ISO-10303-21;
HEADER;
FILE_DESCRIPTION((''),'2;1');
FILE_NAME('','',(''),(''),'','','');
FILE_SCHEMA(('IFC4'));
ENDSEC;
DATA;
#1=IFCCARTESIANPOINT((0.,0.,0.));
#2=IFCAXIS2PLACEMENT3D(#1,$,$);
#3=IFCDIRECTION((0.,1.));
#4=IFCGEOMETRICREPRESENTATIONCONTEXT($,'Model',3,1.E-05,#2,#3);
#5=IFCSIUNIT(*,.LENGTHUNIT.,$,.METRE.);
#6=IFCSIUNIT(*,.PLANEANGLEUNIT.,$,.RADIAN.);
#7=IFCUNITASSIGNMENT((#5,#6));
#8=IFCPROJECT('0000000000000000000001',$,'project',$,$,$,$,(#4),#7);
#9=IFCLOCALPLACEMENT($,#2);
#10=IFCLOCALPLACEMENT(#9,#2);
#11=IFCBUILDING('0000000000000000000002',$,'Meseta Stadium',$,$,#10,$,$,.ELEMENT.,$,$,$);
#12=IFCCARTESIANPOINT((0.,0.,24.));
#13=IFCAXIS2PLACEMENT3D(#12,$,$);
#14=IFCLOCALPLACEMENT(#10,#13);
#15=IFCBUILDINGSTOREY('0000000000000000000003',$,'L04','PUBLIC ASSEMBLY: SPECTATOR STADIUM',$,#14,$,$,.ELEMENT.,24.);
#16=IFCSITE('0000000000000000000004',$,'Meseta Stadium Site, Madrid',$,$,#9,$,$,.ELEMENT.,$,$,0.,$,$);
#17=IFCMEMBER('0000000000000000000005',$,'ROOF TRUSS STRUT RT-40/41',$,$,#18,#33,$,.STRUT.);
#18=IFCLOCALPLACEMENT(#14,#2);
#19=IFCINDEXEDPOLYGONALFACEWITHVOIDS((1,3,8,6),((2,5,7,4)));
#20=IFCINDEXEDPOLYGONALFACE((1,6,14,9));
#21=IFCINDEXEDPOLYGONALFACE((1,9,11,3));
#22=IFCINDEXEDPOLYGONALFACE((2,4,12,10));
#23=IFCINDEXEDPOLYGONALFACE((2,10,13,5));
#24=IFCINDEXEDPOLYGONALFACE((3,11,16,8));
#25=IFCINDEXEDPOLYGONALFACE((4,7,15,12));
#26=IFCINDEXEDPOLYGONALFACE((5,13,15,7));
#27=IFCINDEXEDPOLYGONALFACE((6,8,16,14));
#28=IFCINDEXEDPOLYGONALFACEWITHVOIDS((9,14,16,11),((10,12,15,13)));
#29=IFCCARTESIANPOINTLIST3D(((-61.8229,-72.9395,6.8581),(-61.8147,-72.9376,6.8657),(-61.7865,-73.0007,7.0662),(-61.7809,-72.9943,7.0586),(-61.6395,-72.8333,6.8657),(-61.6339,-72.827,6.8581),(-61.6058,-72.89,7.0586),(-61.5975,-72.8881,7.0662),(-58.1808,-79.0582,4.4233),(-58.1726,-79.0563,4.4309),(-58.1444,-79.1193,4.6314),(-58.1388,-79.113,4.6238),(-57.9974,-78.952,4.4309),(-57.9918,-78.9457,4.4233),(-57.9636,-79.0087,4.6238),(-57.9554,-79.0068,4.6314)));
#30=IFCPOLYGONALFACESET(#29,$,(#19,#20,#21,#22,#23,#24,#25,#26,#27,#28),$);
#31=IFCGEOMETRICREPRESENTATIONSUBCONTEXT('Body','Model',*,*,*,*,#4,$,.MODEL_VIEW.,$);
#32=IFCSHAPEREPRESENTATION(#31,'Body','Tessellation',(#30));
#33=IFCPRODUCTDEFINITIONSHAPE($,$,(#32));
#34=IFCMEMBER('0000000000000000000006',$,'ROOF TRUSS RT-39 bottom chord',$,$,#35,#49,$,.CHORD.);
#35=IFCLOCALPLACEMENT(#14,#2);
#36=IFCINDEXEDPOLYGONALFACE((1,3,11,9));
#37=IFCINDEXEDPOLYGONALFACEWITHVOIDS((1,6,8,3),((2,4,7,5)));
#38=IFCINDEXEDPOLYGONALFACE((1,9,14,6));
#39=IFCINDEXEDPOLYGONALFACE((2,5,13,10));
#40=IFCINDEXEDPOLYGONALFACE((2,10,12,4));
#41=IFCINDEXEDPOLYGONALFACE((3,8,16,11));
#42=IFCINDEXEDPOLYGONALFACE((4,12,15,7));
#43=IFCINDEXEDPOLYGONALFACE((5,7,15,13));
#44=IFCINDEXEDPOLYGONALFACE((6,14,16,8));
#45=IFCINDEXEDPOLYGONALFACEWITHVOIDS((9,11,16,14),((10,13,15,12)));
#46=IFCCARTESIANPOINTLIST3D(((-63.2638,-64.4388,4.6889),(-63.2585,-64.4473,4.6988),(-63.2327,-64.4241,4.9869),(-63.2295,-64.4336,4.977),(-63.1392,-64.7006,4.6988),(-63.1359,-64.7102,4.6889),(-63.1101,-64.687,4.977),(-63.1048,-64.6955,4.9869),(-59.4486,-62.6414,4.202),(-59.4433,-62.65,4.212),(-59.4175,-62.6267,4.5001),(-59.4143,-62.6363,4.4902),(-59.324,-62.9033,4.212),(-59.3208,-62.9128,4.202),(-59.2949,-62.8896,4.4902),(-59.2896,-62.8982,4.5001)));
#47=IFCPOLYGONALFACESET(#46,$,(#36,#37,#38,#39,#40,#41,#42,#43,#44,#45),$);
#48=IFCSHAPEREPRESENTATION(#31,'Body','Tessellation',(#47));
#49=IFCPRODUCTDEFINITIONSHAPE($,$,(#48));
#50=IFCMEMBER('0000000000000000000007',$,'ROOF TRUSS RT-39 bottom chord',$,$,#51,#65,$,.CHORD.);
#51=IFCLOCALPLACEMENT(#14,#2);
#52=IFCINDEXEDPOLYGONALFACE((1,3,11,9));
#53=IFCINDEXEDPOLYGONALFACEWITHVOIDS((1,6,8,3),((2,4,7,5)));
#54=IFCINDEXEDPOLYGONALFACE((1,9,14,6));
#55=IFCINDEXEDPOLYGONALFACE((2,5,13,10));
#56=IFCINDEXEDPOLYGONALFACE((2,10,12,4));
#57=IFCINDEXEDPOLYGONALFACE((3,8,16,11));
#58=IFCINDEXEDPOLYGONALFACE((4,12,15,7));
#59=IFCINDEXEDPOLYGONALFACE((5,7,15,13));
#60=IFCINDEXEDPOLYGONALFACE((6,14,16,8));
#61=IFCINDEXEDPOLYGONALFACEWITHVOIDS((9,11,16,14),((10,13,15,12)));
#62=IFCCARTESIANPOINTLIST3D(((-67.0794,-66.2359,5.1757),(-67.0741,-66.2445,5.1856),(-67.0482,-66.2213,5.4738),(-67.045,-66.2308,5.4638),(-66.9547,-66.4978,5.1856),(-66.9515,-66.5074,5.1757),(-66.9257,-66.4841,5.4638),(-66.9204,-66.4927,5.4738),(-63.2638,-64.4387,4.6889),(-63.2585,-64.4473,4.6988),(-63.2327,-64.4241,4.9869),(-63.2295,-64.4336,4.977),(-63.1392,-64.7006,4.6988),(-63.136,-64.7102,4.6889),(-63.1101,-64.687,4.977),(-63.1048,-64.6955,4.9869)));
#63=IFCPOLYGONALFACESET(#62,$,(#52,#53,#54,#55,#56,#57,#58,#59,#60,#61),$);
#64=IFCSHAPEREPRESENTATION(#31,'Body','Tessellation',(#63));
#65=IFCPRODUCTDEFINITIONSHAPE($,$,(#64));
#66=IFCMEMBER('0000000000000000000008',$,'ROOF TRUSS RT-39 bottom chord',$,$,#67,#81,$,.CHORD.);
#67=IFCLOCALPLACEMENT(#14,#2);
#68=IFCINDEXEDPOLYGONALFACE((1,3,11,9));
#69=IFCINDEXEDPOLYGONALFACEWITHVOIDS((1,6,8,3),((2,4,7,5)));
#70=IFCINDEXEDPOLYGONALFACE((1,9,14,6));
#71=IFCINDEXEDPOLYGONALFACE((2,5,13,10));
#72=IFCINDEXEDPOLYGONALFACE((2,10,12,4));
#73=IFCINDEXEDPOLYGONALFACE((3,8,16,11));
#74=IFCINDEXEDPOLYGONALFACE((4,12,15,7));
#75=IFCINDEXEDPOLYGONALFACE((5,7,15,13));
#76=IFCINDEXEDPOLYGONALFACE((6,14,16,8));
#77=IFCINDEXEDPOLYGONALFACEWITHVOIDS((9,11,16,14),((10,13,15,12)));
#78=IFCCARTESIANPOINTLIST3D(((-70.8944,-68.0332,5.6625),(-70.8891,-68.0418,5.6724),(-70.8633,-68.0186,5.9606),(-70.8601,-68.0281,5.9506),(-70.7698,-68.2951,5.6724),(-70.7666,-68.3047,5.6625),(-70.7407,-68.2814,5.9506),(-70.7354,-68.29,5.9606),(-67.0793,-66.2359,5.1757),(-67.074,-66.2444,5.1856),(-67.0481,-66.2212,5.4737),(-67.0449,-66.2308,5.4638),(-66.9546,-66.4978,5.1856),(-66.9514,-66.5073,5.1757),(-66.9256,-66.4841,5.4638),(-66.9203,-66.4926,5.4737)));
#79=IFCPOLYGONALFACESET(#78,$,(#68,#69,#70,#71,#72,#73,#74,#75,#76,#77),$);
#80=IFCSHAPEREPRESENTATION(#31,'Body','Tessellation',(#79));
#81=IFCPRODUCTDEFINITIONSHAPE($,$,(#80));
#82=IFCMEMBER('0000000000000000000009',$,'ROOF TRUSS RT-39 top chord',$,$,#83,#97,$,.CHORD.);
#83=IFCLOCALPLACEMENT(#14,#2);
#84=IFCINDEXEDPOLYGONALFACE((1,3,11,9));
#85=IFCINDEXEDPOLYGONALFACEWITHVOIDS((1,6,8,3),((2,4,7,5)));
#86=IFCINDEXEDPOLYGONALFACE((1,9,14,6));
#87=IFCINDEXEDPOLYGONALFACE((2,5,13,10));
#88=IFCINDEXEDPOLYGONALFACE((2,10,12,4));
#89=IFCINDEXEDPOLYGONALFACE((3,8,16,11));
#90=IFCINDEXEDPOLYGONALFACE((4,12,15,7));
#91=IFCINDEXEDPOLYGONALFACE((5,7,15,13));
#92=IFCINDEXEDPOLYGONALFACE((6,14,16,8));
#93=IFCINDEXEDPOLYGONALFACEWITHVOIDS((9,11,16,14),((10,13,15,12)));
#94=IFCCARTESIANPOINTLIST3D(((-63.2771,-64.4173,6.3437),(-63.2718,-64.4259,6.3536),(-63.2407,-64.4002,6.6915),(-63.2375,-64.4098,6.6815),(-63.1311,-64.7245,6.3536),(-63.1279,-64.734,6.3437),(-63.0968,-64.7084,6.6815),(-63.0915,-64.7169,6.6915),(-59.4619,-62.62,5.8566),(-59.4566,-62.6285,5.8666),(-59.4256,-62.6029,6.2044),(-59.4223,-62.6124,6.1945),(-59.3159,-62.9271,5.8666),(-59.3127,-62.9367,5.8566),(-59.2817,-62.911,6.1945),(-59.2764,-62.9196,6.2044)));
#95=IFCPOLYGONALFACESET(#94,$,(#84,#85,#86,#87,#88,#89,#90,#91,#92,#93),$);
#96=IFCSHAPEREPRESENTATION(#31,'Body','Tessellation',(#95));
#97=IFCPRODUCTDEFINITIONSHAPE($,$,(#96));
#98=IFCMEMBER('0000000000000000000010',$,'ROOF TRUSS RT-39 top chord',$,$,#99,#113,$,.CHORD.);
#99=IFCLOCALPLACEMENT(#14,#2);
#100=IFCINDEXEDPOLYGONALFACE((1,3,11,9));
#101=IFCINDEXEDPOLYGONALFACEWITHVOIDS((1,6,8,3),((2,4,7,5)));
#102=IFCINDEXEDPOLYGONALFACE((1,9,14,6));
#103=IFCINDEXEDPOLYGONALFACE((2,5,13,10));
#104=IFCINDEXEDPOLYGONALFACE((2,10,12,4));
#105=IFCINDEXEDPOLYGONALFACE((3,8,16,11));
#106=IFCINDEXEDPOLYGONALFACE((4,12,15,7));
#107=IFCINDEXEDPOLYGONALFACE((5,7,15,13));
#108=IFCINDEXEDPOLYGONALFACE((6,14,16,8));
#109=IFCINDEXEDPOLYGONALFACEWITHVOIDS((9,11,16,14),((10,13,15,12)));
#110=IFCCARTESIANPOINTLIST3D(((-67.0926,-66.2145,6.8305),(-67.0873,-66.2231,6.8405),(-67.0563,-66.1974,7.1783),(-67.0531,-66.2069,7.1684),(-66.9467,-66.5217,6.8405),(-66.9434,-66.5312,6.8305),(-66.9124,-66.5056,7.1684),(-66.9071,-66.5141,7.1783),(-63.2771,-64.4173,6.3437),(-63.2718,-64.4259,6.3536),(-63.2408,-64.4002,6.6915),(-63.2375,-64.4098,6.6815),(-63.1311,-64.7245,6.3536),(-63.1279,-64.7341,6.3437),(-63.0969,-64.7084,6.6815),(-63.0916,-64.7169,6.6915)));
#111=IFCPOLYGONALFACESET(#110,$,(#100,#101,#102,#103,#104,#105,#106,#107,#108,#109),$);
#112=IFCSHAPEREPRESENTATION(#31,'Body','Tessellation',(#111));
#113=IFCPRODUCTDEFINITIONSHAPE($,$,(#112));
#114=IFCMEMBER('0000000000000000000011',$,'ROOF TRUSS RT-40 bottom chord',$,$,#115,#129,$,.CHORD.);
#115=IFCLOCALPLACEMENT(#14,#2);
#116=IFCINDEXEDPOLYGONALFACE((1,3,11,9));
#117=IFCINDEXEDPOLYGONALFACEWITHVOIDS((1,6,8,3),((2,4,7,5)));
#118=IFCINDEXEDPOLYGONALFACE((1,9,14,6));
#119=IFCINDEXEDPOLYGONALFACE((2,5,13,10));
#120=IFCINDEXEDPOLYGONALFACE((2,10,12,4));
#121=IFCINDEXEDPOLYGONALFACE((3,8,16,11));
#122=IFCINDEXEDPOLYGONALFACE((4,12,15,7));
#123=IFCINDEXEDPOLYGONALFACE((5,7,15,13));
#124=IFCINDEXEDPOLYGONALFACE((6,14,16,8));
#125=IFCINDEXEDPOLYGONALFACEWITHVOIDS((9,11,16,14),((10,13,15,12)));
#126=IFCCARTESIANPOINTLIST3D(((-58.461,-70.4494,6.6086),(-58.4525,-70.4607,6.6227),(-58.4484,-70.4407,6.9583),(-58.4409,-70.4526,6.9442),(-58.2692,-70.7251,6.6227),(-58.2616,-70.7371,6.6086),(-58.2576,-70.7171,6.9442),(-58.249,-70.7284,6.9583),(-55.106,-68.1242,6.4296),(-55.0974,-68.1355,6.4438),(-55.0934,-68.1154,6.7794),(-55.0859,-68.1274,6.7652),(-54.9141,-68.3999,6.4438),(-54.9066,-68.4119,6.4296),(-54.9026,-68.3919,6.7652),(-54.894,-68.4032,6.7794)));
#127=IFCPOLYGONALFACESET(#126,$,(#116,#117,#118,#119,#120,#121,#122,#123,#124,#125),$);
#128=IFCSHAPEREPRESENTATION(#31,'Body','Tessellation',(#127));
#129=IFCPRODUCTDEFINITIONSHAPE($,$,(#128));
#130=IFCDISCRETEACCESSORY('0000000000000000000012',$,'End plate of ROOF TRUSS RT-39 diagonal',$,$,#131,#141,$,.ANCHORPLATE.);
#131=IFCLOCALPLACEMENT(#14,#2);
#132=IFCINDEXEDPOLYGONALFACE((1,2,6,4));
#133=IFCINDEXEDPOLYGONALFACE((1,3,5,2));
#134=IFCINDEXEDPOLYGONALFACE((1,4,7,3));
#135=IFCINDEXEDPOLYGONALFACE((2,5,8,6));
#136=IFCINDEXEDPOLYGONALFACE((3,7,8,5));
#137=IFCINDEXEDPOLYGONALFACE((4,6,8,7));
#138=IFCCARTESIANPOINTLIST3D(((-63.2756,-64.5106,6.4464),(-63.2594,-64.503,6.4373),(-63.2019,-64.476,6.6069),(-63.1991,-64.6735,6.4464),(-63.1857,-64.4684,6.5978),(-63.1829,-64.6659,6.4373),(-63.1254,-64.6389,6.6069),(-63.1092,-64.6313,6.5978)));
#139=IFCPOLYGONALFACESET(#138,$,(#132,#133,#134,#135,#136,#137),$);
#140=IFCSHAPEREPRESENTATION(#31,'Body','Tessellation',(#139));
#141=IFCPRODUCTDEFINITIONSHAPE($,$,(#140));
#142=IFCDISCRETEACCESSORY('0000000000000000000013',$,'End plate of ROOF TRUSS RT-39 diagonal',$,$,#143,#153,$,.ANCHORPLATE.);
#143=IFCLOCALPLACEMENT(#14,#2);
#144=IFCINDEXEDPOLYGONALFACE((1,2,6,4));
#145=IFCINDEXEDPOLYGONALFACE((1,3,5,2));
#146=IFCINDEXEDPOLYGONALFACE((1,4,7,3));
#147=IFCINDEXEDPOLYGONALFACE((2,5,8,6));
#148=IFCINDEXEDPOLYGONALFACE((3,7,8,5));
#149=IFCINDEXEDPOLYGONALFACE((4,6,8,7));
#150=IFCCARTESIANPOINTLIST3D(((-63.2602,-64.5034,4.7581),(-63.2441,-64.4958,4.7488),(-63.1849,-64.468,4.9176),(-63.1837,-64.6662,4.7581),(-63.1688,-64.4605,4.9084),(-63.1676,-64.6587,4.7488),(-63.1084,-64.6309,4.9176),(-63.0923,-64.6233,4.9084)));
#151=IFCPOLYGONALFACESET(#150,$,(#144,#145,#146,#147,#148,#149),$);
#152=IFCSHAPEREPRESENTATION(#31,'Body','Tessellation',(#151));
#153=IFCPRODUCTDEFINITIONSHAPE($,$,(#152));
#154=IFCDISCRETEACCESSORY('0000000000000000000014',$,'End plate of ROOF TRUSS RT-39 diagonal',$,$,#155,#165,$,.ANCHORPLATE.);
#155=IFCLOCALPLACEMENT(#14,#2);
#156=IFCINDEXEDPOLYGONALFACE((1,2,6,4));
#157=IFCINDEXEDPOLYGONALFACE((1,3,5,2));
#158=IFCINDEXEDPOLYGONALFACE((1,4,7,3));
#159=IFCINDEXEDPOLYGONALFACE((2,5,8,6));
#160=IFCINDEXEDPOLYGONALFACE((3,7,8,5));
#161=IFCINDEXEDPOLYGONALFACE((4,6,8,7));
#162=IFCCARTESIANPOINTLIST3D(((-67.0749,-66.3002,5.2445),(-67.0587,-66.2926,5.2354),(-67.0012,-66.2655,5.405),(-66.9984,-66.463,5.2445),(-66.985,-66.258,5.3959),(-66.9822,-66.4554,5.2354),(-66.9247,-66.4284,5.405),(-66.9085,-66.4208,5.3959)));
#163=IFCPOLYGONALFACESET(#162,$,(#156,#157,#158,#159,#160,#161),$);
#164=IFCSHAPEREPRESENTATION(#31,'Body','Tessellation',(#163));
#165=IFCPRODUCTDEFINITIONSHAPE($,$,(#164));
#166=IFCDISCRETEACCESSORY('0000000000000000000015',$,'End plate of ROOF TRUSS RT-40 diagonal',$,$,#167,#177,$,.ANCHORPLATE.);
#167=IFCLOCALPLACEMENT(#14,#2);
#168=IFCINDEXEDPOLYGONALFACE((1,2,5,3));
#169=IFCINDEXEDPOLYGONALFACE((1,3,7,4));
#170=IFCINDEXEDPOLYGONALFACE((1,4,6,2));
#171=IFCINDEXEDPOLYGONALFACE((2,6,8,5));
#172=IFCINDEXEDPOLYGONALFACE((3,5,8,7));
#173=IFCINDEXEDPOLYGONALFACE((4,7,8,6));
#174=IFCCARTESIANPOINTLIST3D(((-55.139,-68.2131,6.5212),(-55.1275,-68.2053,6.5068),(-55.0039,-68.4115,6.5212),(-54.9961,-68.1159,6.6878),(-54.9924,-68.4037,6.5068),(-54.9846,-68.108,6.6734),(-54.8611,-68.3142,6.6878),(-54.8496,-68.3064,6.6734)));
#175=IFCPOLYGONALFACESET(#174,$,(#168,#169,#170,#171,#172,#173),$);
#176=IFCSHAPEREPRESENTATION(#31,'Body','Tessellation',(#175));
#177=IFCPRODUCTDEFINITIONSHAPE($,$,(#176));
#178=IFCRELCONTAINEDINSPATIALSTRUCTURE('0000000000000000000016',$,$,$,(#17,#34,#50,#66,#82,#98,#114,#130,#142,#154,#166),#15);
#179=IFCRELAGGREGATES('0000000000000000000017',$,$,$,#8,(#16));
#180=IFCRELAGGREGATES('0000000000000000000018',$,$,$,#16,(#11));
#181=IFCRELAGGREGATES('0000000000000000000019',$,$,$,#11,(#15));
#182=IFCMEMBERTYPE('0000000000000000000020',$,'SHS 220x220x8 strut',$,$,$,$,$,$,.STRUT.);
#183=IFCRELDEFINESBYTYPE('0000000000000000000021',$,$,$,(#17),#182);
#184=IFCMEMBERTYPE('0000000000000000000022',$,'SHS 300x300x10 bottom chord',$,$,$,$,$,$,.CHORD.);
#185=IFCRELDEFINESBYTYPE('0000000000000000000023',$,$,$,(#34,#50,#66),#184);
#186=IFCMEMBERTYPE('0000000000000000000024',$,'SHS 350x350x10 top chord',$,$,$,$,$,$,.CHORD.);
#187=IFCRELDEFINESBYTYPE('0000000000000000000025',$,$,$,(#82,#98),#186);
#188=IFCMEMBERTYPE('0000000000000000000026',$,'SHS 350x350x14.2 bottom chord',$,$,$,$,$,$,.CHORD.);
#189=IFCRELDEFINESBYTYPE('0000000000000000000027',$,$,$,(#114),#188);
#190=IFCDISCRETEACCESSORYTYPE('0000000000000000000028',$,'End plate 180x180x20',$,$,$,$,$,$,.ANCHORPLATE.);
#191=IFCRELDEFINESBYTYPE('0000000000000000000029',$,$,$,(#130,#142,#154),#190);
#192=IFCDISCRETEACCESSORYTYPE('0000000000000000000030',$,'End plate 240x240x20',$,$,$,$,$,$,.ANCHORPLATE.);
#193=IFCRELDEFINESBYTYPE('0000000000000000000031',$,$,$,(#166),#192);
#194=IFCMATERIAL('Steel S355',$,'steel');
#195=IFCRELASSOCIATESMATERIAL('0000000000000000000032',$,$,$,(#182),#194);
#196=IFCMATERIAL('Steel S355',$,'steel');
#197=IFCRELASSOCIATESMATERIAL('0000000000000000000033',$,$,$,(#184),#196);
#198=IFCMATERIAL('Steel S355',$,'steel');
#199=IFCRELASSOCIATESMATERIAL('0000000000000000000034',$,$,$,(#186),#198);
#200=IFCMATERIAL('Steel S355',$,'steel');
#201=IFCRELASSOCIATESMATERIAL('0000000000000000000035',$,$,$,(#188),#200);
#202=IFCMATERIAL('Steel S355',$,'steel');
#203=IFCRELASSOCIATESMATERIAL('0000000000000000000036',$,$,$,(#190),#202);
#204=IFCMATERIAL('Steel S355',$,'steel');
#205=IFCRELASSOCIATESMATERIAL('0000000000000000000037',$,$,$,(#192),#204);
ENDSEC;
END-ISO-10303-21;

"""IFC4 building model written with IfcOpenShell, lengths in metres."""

from ifc_helpers import new_model, si_unit, direction, frame, origin, origin_2d, place, context, subcontext, project, spatial, rectangle, hollow_rectangle, extrude, material, material_profile, profile_set, type_object, element, save


model = new_model("IFC4")

# Units and contexts
model_context = context("Model", 3, precision=1e-05, world=origin(), true_north=direction((0.0, 1.0)))
body_context = subcontext(model_context, "Body", "Model", "MODEL_VIEW")
ifc_project = project(units=[si_unit("LENGTHUNIT", "METRE"), si_unit("PLANEANGLEUNIT", "RADIAN")], contexts=[model_context])

# Site, building, storey
site_placement = place(None, origin())
site = spatial("IfcSite", under=ifc_project, at=site_placement, Name="Meseta Stadium Site, Madrid", CompositionType="ELEMENT", RefElevation=0.0)
building_placement = place(site_placement, origin())
building = spatial("IfcBuilding", under=site, at=building_placement, Name="Meseta Stadium", CompositionType="ELEMENT")
storey_placement = place(building_placement, frame((0.0, 0.0, 24.0)))
storey = spatial("IfcBuildingStorey", under=building, at=storey_placement, Name="L04", Description="PUBLIC ASSEMBLY: SPECTATOR STADIUM", CompositionType="ELEMENT", Elevation=24.0)

# Members
ifc_material_1 = material(Name="Steel S355", Category="steel")
ifc_material_profile_1 = material_profile(ifc_material_1, hollow_rectangle(XDim=0.22, YDim=0.22, WallThickness=0.0081, at=origin_2d()), Name="SHS 220x220x8")
ifc_profile_set_1 = profile_set([ifc_material_profile_1], Name="Steel S355")
member_type_1 = type_object("IfcMemberType", Name="SHS 220x220x8 strut", PredefinedType="STRUT", material=ifc_profile_set_1)
member_1_placement = place(storey_placement, frame((-61.7102, -72.9138, 6.9622), z_axis=(0.483975, -0.813071, -0.323548), x_axis=(0.859291, 0.511487, 0.0)))
element("IfcMember", 1, at=member_1_placement, inside=storey, type_object=member_type_1, Name="ROOF TRUSS STRUT RT-40/41", PredefinedType="STRUT", context=body_context, shape_type="SweptSolid", body=[
    extrude(hollow_rectangle(XDim=0.22, YDim=0.22, WallThickness=0.0081, at=origin_2d()), origin(), (0.0, 0.0, 1.0), 7.5254),
])
ifc_material_2 = material(Name="Steel S355", Category="steel")
ifc_material_profile_2 = material_profile(ifc_material_2, hollow_rectangle(XDim=0.3, YDim=0.3, WallThickness=0.01, at=origin_2d()), Name="SHS 300x300x10")
ifc_profile_set_2 = profile_set([ifc_material_profile_2], Name="Steel S355")
member_type_2 = type_object("IfcMemberType", Name="SHS 300x300x10 bottom chord", PredefinedType="CHORD", material=ifc_profile_set_2)
member_2_placement = place(storey_placement, frame((-59.3691, -62.7698, 4.3511), z_axis=(-0.89867, -0.42337, 0.11467), x_axis=(0.426182, -0.904638, 0.0)))
element("IfcMember", 2, at=member_2_placement, inside=storey, type_object=member_type_2, Name="ROOF TRUSS RT-39 bottom chord", PredefinedType="CHORD", context=body_context, shape_type="SweptSolid", body=[
    extrude(hollow_rectangle(XDim=0.3, YDim=0.3, WallThickness=0.01, at=origin_2d()), origin(), (0.0, 0.0, 1.0), 4.2454),
])
member_3_placement = place(storey_placement, frame((-63.1843, -64.5671, 4.8379), z_axis=(-0.898703, -0.423301, 0.114667), x_axis=(0.426112, -0.90467, 0.0)))
element("IfcMember", 3, at=member_3_placement, inside=storey, type_object=member_type_2, Name="ROOF TRUSS RT-39 bottom chord", PredefinedType="CHORD", context=body_context, shape_type="SweptSolid", body=[
    extrude(hollow_rectangle(XDim=0.3, YDim=0.3, WallThickness=0.01, at=origin_2d()), origin(), (0.0, 0.0, 1.0), 4.2456),
])
member_4_placement = place(storey_placement, frame((-66.9998, -66.3643, 5.3247), z_axis=(-0.89867, -0.42337, 0.11467), x_axis=(0.426182, -0.904638, 0.0)))
element("IfcMember", 4, at=member_4_placement, inside=storey, type_object=member_type_2, Name="ROOF TRUSS RT-39 bottom chord", PredefinedType="CHORD", context=body_context, shape_type="SweptSolid", body=[
    extrude(hollow_rectangle(XDim=0.3, YDim=0.3, WallThickness=0.01, at=origin_2d()), origin(), (0.0, 0.0, 1.0), 4.2454),
])
ifc_material_3 = material(Name="Steel S355", Category="steel")
ifc_material_profile_3 = material_profile(ifc_material_3, hollow_rectangle(XDim=0.3501, YDim=0.3501, WallThickness=0.01, at=origin_2d()), Name="SHS 350x350x10")
ifc_profile_set_3 = profile_set([ifc_material_profile_3], Name="Steel S355")
member_type_3 = type_object("IfcMemberType", Name="SHS 350x350x10 top chord", PredefinedType="CHORD", material=ifc_profile_set_3)
member_5_placement = place(storey_placement, frame((-59.3691, -62.7698, 6.0305), z_axis=(-0.898664, -0.423368, 0.114727), x_axis=(0.426182, -0.904638, 0.0)))
element("IfcMember", 5, at=member_5_placement, inside=storey, type_object=member_type_3, Name="ROOF TRUSS RT-39 top chord", PredefinedType="CHORD", context=body_context, shape_type="SweptSolid", body=[
    extrude(hollow_rectangle(XDim=0.3501, YDim=0.3501, WallThickness=0.01, at=origin_2d()), origin(), (0.0, 0.0, 1.0), 4.2454),
])
member_6_placement = place(storey_placement, frame((-63.1843, -64.5671, 6.5176), z_axis=(-0.898703, -0.423301, 0.114667), x_axis=(0.426112, -0.90467, 0.0)))
element("IfcMember", 6, at=member_6_placement, inside=storey, type_object=member_type_3, Name="ROOF TRUSS RT-39 top chord", PredefinedType="CHORD", context=body_context, shape_type="SweptSolid", body=[
    extrude(hollow_rectangle(XDim=0.3501, YDim=0.3501, WallThickness=0.01, at=origin_2d()), origin(), (0.0, 0.0, 1.0), 4.2456),
])
ifc_material_4 = material(Name="Steel S355", Category="steel")
ifc_material_profile_4 = material_profile(ifc_material_4, hollow_rectangle(XDim=0.3501, YDim=0.3501, WallThickness=0.0142, at=origin_2d()), Name="SHS 350x350x14.2")
ifc_profile_set_4 = profile_set([ifc_material_profile_4], Name="Steel S355")
member_type_4 = type_object("IfcMemberType", Name="SHS 350x350x14.2 bottom chord", PredefinedType="CHORD", material=ifc_profile_set_4)
member_7_placement = place(storey_placement, frame((-55.0, -68.2637, 6.6045), z_axis=(-0.821115, -0.56908, 0.043798), x_axis=(0.569627, -0.821904, 0.0)))
element("IfcMember", 7, at=member_7_placement, inside=storey, type_object=member_type_4, Name="ROOF TRUSS RT-40 bottom chord", PredefinedType="CHORD", context=body_context, shape_type="SweptSolid", body=[
    extrude(hollow_rectangle(XDim=0.3501, YDim=0.3501, WallThickness=0.0142, at=origin_2d()), origin(), (0.0, 0.0, 1.0), 4.0859),
])

# Discrete accessories
ifc_material_5 = material(Name="Steel S355", Category="steel")
ifc_material_profile_5 = material_profile(ifc_material_5, rectangle(XDim=0.1799, YDim=0.1799, at=origin_2d()), Name="PL 180x180")
ifc_profile_set_5 = profile_set([ifc_material_profile_5], Name="Steel S355")
discrete_accessory_type_1 = type_object("IfcDiscreteAccessoryType", Name="End plate 180x180x20", PredefinedType="ANCHORPLATE", material=ifc_profile_set_5)
for number, where, z_axis, x_axis, name in (
    (8, (-63.1843, -64.5671, 6.5176), (-0.807162, -0.379122, 0.4525), (0.425136, -0.905129, 0.0), "End plate of ROOF TRUSS RT-39 diagonal"),
    (9, (-63.1682, -64.5596, 4.8286), (-0.802673, -0.377013, 0.462145), (0.425136, -0.905129, 0.0), "End plate of ROOF TRUSS RT-39 diagonal"),
    (10, (-66.9836, -66.3567, 5.3157), (-0.807162, -0.379122, 0.4525), (0.425136, -0.905129, 0.0), "End plate of ROOF TRUSS RT-39 diagonal"),
):
    element("IfcDiscreteAccessory", number, at=place(storey_placement, frame(where, z_axis=z_axis, x_axis=x_axis)), inside=storey, type_object=discrete_accessory_type_1, Name=name, PredefinedType="ANCHORPLATE", context=body_context, shape_type="SweptSolid", body=[
        extrude(rectangle(XDim=0.1799, YDim=0.1799, at=origin_2d()), origin(), (0.0, 0.0, 1.0), 0.02),
    ])
ifc_material_6 = material(Name="Steel S355", Category="steel")
ifc_material_profile_6 = material_profile(ifc_material_6, rectangle(XDim=0.24, YDim=0.24, at=origin_2d()), Name="PL 240x240")
ifc_profile_set_6 = profile_set([ifc_material_profile_6], Name="Steel S355")
discrete_accessory_type_2 = type_object("IfcDiscreteAccessoryType", Name="End plate 240x240x20", PredefinedType="ANCHORPLATE", material=ifc_profile_set_6)
discrete_accessory_1_placement = place(storey_placement, frame((-54.9885, -68.2559, 6.5901), z_axis=(-0.573597, -0.390534, 0.720048), x_axis=(0.562791, -0.826599, 0.0)))
element("IfcDiscreteAccessory", 11, at=discrete_accessory_1_placement, inside=storey, type_object=discrete_accessory_type_2, Name="End plate of ROOF TRUSS RT-40 diagonal", PredefinedType="ANCHORPLATE", context=body_context, shape_type="SweptSolid", body=[
    extrude(rectangle(XDim=0.24, YDim=0.24, at=origin_2d()), origin(), (0.0, 0.0, 1.0), 0.02),
])

save(model, "model.ifc")
